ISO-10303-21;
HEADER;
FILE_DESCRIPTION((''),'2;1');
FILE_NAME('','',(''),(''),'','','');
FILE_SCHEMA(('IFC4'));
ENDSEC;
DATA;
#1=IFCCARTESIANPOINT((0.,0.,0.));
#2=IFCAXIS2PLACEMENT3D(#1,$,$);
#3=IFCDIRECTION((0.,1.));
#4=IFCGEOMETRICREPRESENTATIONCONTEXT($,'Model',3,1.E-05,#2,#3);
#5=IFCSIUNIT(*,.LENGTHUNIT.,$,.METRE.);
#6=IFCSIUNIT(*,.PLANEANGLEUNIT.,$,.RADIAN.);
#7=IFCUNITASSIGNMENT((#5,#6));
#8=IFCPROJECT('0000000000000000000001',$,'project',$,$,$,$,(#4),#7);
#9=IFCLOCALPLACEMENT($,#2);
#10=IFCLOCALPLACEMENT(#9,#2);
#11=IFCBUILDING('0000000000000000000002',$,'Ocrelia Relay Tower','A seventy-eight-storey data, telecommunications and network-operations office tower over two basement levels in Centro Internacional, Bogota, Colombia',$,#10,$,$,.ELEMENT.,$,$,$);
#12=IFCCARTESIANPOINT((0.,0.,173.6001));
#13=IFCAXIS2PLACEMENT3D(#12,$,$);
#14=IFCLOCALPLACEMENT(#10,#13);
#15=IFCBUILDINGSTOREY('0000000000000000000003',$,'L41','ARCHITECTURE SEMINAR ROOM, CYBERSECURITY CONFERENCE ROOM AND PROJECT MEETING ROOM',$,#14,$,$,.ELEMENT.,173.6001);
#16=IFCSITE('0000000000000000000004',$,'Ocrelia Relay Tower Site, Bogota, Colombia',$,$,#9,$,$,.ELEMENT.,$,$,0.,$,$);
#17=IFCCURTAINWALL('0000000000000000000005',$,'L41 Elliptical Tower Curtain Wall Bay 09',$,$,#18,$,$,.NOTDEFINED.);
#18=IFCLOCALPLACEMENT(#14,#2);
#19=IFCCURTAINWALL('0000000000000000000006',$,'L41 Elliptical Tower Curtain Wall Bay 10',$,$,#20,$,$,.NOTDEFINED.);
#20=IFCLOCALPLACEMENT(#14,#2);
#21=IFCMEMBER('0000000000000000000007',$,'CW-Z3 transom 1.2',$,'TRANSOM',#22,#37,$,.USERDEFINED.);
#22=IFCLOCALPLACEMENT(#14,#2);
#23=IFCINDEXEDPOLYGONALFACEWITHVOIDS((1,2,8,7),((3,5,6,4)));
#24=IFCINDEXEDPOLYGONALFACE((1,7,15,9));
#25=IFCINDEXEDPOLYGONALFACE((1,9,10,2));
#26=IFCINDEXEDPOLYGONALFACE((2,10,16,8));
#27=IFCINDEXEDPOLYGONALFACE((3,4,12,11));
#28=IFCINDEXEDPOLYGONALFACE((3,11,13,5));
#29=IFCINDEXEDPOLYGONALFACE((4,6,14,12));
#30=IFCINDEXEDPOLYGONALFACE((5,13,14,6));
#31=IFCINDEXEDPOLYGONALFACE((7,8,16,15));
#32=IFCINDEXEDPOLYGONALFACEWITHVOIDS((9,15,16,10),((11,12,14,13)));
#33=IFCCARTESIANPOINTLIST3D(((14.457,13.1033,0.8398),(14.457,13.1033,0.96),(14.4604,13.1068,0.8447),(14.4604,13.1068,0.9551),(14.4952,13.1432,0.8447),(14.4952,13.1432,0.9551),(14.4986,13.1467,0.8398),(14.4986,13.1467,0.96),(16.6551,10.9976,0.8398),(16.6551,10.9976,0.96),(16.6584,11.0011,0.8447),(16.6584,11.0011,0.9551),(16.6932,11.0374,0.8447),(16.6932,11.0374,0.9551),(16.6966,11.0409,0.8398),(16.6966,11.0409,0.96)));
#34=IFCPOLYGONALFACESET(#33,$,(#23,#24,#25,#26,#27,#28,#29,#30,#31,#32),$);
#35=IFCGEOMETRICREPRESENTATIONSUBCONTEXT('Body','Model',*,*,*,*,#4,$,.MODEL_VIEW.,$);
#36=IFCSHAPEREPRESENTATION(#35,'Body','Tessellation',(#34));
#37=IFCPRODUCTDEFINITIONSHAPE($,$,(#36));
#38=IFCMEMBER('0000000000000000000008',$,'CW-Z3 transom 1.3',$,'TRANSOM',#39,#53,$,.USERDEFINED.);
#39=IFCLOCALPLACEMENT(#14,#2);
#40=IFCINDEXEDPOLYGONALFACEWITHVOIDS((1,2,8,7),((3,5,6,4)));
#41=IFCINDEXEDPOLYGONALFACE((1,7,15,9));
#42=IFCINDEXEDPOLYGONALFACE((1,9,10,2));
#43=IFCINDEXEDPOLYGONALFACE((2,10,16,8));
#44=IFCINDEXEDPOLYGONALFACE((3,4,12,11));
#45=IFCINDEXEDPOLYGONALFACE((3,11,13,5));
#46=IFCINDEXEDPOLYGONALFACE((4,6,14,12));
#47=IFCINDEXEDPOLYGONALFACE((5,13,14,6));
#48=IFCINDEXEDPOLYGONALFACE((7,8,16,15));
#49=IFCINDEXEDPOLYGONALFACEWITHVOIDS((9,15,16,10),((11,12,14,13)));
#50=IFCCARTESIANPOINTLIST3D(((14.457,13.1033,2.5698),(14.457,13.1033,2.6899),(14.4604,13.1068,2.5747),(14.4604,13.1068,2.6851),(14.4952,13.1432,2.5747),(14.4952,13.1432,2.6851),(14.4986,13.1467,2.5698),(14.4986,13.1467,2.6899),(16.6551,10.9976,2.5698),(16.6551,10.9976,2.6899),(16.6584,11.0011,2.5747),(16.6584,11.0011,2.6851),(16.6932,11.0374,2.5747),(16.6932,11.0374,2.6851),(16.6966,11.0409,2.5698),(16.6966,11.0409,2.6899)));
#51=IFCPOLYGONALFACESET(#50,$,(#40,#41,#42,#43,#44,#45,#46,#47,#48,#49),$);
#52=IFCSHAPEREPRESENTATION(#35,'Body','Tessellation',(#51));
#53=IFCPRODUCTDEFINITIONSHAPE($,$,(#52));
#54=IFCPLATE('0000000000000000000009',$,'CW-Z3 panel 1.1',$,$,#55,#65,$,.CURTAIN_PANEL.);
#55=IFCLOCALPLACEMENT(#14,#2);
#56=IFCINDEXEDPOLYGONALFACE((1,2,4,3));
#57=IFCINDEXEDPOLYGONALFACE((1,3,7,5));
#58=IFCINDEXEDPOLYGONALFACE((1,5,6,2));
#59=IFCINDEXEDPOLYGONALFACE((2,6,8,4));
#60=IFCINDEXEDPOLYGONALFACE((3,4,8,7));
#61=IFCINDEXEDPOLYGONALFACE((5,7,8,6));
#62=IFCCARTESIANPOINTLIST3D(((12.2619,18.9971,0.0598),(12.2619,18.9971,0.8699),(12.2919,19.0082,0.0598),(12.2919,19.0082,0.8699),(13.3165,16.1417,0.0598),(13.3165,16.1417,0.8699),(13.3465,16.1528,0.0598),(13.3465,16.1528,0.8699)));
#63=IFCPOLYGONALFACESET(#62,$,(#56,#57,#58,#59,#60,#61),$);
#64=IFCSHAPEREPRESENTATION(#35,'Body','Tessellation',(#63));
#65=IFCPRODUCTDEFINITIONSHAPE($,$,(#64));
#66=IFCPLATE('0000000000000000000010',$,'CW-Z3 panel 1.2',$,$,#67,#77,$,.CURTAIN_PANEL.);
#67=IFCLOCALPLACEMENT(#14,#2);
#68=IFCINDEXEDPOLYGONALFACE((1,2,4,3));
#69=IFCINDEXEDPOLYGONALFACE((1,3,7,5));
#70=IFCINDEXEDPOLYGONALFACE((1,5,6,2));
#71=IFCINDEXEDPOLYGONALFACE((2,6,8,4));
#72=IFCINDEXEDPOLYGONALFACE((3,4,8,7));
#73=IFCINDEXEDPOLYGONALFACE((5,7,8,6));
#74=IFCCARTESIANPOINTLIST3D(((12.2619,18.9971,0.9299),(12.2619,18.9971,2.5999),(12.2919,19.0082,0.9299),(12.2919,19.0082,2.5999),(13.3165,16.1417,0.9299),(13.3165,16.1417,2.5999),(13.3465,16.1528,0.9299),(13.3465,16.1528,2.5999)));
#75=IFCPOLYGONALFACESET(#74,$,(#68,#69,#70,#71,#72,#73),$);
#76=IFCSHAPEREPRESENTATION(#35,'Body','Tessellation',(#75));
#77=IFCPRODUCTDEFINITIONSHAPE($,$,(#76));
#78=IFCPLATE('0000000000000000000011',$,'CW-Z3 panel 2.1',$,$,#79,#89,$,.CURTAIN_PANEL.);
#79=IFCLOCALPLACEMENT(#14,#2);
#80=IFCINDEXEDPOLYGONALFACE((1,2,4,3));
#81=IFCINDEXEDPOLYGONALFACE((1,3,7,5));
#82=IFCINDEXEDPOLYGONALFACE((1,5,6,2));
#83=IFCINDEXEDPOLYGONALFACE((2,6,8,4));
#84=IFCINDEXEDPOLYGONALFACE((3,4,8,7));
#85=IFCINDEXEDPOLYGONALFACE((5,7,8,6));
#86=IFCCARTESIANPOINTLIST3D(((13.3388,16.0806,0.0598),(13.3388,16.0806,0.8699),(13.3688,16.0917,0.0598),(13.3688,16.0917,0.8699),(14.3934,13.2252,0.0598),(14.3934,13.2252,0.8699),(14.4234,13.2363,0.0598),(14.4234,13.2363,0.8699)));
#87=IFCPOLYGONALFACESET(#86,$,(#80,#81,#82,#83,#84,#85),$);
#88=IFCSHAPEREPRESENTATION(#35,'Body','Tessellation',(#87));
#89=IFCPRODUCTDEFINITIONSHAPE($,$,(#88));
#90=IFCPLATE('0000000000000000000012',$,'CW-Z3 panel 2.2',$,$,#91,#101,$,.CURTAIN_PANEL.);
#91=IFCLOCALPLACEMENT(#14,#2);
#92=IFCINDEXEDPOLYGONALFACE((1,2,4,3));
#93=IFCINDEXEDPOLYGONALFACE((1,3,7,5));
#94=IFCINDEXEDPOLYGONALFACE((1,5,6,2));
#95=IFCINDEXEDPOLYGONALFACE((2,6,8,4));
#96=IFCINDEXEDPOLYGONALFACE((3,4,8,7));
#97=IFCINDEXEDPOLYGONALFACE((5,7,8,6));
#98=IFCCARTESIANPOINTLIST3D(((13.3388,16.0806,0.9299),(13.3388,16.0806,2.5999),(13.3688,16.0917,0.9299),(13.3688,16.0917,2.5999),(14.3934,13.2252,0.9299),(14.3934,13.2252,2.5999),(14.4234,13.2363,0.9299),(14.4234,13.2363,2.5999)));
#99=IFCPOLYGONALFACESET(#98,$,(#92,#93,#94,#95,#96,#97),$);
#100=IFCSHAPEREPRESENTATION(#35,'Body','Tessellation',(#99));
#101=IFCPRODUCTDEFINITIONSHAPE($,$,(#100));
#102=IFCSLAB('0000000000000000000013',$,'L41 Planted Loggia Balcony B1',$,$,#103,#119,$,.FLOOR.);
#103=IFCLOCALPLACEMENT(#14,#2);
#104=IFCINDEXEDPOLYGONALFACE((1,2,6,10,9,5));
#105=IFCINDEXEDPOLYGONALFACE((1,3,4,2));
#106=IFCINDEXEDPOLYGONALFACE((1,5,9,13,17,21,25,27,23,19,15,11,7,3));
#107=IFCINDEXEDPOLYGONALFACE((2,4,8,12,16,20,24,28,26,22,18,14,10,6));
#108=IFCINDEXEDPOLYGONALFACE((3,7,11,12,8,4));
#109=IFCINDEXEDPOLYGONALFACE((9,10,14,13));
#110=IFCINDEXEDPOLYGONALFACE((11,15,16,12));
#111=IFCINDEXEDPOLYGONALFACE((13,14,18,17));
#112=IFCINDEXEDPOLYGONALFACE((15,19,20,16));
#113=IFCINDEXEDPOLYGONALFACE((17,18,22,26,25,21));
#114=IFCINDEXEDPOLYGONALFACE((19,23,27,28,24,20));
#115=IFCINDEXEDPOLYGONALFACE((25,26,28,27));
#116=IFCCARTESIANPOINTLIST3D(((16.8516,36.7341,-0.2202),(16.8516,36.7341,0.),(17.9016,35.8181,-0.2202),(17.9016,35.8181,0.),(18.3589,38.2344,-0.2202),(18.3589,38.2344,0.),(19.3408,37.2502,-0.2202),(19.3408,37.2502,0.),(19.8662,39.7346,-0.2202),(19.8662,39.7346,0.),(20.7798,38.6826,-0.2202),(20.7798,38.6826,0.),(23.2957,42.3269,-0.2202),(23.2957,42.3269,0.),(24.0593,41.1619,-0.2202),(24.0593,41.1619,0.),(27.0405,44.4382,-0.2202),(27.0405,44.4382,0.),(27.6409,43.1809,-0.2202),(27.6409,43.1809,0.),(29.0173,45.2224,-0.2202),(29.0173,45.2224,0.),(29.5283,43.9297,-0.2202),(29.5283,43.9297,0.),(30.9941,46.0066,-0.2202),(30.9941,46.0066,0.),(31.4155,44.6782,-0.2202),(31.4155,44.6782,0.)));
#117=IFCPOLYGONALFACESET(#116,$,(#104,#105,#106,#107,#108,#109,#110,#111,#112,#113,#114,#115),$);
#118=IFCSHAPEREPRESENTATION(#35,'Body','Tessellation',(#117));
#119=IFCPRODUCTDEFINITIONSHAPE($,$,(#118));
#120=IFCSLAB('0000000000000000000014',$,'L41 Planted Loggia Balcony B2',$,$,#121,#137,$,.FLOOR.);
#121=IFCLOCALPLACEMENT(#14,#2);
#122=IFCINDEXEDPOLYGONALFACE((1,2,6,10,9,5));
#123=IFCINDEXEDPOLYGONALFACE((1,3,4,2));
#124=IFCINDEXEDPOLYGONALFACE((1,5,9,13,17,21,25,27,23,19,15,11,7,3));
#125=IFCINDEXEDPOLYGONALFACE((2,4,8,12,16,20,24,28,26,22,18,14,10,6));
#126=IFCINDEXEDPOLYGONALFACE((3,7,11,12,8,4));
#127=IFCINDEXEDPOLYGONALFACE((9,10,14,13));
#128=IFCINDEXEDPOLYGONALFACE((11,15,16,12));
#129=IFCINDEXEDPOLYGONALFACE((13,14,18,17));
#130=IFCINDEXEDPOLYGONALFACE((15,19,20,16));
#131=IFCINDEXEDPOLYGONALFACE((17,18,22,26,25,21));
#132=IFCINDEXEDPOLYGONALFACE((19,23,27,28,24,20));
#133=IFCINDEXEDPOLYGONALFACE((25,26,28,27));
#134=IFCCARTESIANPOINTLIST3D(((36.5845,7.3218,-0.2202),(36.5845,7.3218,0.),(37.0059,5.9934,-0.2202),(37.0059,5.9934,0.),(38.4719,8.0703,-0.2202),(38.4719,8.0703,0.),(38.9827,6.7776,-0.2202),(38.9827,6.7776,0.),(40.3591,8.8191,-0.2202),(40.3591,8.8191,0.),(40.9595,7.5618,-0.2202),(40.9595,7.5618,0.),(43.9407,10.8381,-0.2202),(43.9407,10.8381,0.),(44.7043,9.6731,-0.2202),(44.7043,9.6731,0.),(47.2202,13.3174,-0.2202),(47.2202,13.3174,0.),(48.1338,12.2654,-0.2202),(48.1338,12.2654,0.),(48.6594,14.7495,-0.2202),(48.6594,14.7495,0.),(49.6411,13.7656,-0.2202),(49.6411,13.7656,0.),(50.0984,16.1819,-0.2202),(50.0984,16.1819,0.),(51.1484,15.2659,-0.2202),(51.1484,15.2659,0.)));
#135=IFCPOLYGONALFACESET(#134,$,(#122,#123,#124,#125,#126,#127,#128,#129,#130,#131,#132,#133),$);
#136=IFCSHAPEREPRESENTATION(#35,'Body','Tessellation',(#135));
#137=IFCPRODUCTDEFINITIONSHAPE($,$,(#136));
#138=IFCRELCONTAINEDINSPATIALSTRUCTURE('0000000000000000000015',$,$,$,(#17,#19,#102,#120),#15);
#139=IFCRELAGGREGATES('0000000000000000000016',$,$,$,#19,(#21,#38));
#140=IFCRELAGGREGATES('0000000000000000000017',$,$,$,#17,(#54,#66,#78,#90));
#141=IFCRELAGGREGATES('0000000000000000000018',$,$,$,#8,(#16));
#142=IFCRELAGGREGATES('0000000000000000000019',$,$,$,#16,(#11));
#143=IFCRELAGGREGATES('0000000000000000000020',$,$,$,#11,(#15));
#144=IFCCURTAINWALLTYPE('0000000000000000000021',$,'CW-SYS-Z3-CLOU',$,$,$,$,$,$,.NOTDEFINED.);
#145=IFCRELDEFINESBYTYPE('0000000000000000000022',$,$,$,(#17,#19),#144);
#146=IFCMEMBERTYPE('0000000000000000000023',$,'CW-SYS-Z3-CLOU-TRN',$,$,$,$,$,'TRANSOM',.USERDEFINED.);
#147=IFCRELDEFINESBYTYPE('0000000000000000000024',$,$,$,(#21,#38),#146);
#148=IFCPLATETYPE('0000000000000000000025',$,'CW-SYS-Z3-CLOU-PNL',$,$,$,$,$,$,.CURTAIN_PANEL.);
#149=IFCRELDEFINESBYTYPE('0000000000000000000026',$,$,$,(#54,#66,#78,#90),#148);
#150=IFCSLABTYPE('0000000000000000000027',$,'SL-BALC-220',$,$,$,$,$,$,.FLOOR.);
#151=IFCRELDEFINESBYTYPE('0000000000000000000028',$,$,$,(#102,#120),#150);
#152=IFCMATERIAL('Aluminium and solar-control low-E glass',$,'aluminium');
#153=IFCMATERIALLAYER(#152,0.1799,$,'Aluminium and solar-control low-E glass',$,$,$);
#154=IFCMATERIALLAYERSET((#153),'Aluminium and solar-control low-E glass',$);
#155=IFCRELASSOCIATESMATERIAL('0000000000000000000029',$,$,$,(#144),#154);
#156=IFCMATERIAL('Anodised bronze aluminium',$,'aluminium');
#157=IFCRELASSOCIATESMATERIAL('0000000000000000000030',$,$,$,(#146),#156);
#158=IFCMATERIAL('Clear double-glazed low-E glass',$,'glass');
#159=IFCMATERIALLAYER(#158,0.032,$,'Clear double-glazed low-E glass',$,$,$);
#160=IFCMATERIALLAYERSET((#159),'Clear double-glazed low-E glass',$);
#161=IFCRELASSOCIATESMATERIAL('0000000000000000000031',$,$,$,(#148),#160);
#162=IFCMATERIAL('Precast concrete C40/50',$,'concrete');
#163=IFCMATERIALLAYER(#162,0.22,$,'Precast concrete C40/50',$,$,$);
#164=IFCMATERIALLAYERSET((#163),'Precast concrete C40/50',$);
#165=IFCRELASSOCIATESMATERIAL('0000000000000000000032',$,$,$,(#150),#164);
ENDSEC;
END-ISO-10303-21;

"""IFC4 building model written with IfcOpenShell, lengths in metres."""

from ifc_helpers import new_model, si_unit, direction, frame, origin, origin_2d, place, context, subcontext, project, spatial, polyline, rectangle, hollow_rectangle, outline, extrude, material, layer, layer_set, material_profile, profile_set, type_object, element, aggregate, save


model = new_model("IFC4")

# Units and contexts
model_context = context("Model", 3, precision=1e-05, world=origin(), true_north=direction((0.0, 1.0)))
body_context = subcontext(model_context, "Body", "Model", "MODEL_VIEW")
ifc_project = project(units=[si_unit("LENGTHUNIT", "METRE"), si_unit("PLANEANGLEUNIT", "RADIAN")], contexts=[model_context])

# Site, building, storey
site_placement = place(None, origin())
site = spatial("IfcSite", under=ifc_project, at=site_placement, Name="Ocrelia Relay Tower Site, Bogota, Colombia", CompositionType="ELEMENT", RefElevation=0.0)
building_placement = place(site_placement, origin())
building = spatial("IfcBuilding", under=site, at=building_placement, Name="Ocrelia Relay Tower", Description="A seventy-eight-storey data, telecommunications and network-operations office tower over two basement levels in Centro Internacional, Bogota, Colombia", CompositionType="ELEMENT")
storey_placement = place(building_placement, frame((0.0, 0.0, 173.6001)))
storey = spatial("IfcBuildingStorey", under=building, at=storey_placement, Name="L41", Description="ARCHITECTURE SEMINAR ROOM, CYBERSECURITY CONFERENCE ROOM AND PROJECT MEETING ROOM", CompositionType="ELEMENT", Elevation=173.6001)

# Curtain wall
ifc_material_1 = material(Name="Aluminium and solar-control low-E glass", Category="aluminium")
ifc_layer_1 = layer(ifc_material_1, 0.1799, Name="Aluminium and solar-control low-E glass")
ifc_layer_set_1 = layer_set([ifc_layer_1], Name="Aluminium and solar-control low-E glass")
curtain_wall_type = type_object("IfcCurtainWallType", Name="CW-SYS-Z3-CLOU", PredefinedType="NOTDEFINED", material=ifc_layer_set_1)
curtain_wall_1_placement = place(storey_placement, origin())
curtain_wall_1 = element("IfcCurtainWall", 1, at=curtain_wall_1_placement, inside=storey, type_object=curtain_wall_type, Name="L41 Elliptical Tower Curtain Wall Bay 09", PredefinedType="NOTDEFINED")
ifc_material_2 = material(Name="Anodised bronze aluminium", Category="aluminium")

# Curtain wall
curtain_wall_2_placement = place(storey_placement, origin())
curtain_wall_2 = element("IfcCurtainWall", 2, at=curtain_wall_2_placement, inside=storey, type_object=curtain_wall_type, Name="L41 Elliptical Tower Curtain Wall Bay 10", PredefinedType="NOTDEFINED")

# Members
ifc_material_profile_1 = material_profile(ifc_material_2, hollow_rectangle(XDim=0.0601, YDim=0.1201, WallThickness=0.0049, at=origin_2d()), Name="CW-TRN-120x60")
ifc_profile_set_1 = profile_set([ifc_material_profile_1], Name="Anodised bronze aluminium")
member_type_1 = type_object("IfcMemberType", Name="CW-SYS-Z3-CLOU-TRN", ElementType="TRANSOM", PredefinedType="USERDEFINED", material=ifc_profile_set_1)
member_1_placement = place(storey_placement, frame((14.4778, 13.125, 0.8999), z_axis=(0.722103, -0.691785, 0.0), x_axis=(0.691785, 0.722103, 0.0)))
member_1 = element("IfcMember", 3, at=member_1_placement, type_object=member_type_1, Name="CW-Z3 transom 1.2", ObjectType="TRANSOM", PredefinedType="USERDEFINED", context=body_context, shape_type="SweptSolid", body=[
    extrude(hollow_rectangle(XDim=0.0601, YDim=0.1201, WallThickness=0.0049, at=origin_2d()), origin(), (0.0, 0.0, 1.0), 3.0439),
])
member_2_placement = place(storey_placement, frame((14.4778, 13.125, 2.6299), z_axis=(0.722103, -0.691785, 0.0), x_axis=(0.691785, 0.722103, 0.0)))
member_2 = element("IfcMember", 4, at=member_2_placement, type_object=member_type_1, Name="CW-Z3 transom 1.3", ObjectType="TRANSOM", PredefinedType="USERDEFINED", context=body_context, shape_type="SweptSolid", body=[
    extrude(hollow_rectangle(XDim=0.0601, YDim=0.1201, WallThickness=0.0049, at=origin_2d()), origin(), (0.0, 0.0, 1.0), 3.0439),
])
aggregate(curtain_wall_2, [member_1, member_2])

# Plates
ifc_material_3 = material(Name="Clear double-glazed low-E glass", Category="glass")
ifc_layer_2 = layer(ifc_material_3, 0.032, Name="Clear double-glazed low-E glass")
ifc_layer_set_2 = layer_set([ifc_layer_2], Name="Clear double-glazed low-E glass")
plate_type = type_object("IfcPlateType", Name="CW-SYS-Z3-CLOU-PNL", PredefinedType="CURTAIN_PANEL", material=ifc_layer_set_2)
plate_1_placement = place(storey_placement, frame((12.8042, 17.575, 0.0598), z_axis=(0.0, 0.0, 1.0), x_axis=(0.346439, -0.938072, 0.0)))
plate_1 = element("IfcPlate", 5, at=plate_1_placement, type_object=plate_type, Name="CW-Z3 panel 1.1", PredefinedType="CURTAIN_PANEL", context=body_context, shape_type="SweptSolid", body=[
    extrude(rectangle(XDim=3.0439, YDim=0.032, at=origin_2d()), origin(), (0.0, 0.0, 1.0), 0.8101),
])
plate_2_placement = place(storey_placement, frame((12.8042, 17.575, 0.9299), z_axis=(0.0, 0.0, 1.0), x_axis=(0.346439, -0.938072, 0.0)))
plate_2 = element("IfcPlate", 6, at=plate_2_placement, type_object=plate_type, Name="CW-Z3 panel 1.2", PredefinedType="CURTAIN_PANEL", context=body_context, shape_type="SweptSolid", body=[
    extrude(rectangle(XDim=3.0439, YDim=0.032, at=origin_2d()), origin(), (0.0, 0.0, 1.0), 1.6699),
])
plate_3_placement = place(storey_placement, frame((13.8811, 14.6584, 0.0598), z_axis=(0.0, 0.0, 1.0), x_axis=(0.346439, -0.938072, 0.0)))
plate_3 = element("IfcPlate", 7, at=plate_3_placement, type_object=plate_type, Name="CW-Z3 panel 2.1", PredefinedType="CURTAIN_PANEL", context=body_context, shape_type="SweptSolid", body=[
    extrude(rectangle(XDim=3.0439, YDim=0.032, at=origin_2d()), origin(), (0.0, 0.0, 1.0), 0.8101),
])
plate_4_placement = place(storey_placement, frame((13.8811, 14.6584, 0.9299), z_axis=(0.0, 0.0, 1.0), x_axis=(0.346439, -0.938072, 0.0)))
plate_4 = element("IfcPlate", 8, at=plate_4_placement, type_object=plate_type, Name="CW-Z3 panel 2.2", PredefinedType="CURTAIN_PANEL", context=body_context, shape_type="SweptSolid", body=[
    extrude(rectangle(XDim=3.0439, YDim=0.032, at=origin_2d()), origin(), (0.0, 0.0, 1.0), 1.6699),
])
aggregate(curtain_wall_1, [plate_1, plate_2, plate_3, plate_4])

# Slabs
ifc_material_4 = material(Name="Precast concrete C40/50", Category="concrete")
ifc_layer_3 = layer(ifc_material_4, 0.22, Name="Precast concrete C40/50")
ifc_layer_set_3 = layer_set([ifc_layer_3], Name="Precast concrete C40/50")
slab_type_1 = type_object("IfcSlabType", Name="SL-BALC-220", PredefinedType="FLOOR", material=ifc_layer_set_3)
slab_1_placement = place(storey_placement, frame((0.0, 0.0, -0.2202)))
element("IfcSlab", 9, at=slab_1_placement, inside=storey, type_object=slab_type_1, Name="L41 Planted Loggia Balcony B1", PredefinedType="FLOOR", context=body_context, shape_type="SweptSolid", body=[
    extrude(outline(polyline([(31.4155, 44.6782), (29.5283, 43.9297), (27.6409, 43.1809), (24.0593, 41.1619), (20.7798, 38.6826), (19.3408, 37.2502), (17.9016, 35.8181), (16.8516, 36.7341), (18.3589, 38.2344), (19.8662, 39.7346), (23.2957, 42.3269), (27.0405, 44.4382), (29.0173, 45.2224), (30.9941, 46.0066), (31.4155, 44.6782)])), origin(), (0.0, 0.0, 1.0), 0.2202),
])
slab_2_placement = place(storey_placement, frame((0.0, 0.0, -0.2202)))
element("IfcSlab", 10, at=slab_2_placement, inside=storey, type_object=slab_type_1, Name="L41 Planted Loggia Balcony B2", PredefinedType="FLOOR", context=body_context, shape_type="SweptSolid", body=[
    extrude(outline(polyline([(36.5845, 7.3218), (38.4719, 8.0703), (40.3591, 8.8191), (43.9407, 10.8381), (47.2202, 13.3174), (48.6594, 14.7495), (50.0984, 16.1819), (51.1484, 15.2659), (49.6411, 13.7656), (48.1338, 12.2654), (44.7043, 9.6731), (40.9595, 7.5618), (38.9827, 6.7776), (37.0059, 5.9934), (36.5845, 7.3218)])), origin(), (0.0, 0.0, 1.0), 0.2202),
])

save(model, "model.ifc")
